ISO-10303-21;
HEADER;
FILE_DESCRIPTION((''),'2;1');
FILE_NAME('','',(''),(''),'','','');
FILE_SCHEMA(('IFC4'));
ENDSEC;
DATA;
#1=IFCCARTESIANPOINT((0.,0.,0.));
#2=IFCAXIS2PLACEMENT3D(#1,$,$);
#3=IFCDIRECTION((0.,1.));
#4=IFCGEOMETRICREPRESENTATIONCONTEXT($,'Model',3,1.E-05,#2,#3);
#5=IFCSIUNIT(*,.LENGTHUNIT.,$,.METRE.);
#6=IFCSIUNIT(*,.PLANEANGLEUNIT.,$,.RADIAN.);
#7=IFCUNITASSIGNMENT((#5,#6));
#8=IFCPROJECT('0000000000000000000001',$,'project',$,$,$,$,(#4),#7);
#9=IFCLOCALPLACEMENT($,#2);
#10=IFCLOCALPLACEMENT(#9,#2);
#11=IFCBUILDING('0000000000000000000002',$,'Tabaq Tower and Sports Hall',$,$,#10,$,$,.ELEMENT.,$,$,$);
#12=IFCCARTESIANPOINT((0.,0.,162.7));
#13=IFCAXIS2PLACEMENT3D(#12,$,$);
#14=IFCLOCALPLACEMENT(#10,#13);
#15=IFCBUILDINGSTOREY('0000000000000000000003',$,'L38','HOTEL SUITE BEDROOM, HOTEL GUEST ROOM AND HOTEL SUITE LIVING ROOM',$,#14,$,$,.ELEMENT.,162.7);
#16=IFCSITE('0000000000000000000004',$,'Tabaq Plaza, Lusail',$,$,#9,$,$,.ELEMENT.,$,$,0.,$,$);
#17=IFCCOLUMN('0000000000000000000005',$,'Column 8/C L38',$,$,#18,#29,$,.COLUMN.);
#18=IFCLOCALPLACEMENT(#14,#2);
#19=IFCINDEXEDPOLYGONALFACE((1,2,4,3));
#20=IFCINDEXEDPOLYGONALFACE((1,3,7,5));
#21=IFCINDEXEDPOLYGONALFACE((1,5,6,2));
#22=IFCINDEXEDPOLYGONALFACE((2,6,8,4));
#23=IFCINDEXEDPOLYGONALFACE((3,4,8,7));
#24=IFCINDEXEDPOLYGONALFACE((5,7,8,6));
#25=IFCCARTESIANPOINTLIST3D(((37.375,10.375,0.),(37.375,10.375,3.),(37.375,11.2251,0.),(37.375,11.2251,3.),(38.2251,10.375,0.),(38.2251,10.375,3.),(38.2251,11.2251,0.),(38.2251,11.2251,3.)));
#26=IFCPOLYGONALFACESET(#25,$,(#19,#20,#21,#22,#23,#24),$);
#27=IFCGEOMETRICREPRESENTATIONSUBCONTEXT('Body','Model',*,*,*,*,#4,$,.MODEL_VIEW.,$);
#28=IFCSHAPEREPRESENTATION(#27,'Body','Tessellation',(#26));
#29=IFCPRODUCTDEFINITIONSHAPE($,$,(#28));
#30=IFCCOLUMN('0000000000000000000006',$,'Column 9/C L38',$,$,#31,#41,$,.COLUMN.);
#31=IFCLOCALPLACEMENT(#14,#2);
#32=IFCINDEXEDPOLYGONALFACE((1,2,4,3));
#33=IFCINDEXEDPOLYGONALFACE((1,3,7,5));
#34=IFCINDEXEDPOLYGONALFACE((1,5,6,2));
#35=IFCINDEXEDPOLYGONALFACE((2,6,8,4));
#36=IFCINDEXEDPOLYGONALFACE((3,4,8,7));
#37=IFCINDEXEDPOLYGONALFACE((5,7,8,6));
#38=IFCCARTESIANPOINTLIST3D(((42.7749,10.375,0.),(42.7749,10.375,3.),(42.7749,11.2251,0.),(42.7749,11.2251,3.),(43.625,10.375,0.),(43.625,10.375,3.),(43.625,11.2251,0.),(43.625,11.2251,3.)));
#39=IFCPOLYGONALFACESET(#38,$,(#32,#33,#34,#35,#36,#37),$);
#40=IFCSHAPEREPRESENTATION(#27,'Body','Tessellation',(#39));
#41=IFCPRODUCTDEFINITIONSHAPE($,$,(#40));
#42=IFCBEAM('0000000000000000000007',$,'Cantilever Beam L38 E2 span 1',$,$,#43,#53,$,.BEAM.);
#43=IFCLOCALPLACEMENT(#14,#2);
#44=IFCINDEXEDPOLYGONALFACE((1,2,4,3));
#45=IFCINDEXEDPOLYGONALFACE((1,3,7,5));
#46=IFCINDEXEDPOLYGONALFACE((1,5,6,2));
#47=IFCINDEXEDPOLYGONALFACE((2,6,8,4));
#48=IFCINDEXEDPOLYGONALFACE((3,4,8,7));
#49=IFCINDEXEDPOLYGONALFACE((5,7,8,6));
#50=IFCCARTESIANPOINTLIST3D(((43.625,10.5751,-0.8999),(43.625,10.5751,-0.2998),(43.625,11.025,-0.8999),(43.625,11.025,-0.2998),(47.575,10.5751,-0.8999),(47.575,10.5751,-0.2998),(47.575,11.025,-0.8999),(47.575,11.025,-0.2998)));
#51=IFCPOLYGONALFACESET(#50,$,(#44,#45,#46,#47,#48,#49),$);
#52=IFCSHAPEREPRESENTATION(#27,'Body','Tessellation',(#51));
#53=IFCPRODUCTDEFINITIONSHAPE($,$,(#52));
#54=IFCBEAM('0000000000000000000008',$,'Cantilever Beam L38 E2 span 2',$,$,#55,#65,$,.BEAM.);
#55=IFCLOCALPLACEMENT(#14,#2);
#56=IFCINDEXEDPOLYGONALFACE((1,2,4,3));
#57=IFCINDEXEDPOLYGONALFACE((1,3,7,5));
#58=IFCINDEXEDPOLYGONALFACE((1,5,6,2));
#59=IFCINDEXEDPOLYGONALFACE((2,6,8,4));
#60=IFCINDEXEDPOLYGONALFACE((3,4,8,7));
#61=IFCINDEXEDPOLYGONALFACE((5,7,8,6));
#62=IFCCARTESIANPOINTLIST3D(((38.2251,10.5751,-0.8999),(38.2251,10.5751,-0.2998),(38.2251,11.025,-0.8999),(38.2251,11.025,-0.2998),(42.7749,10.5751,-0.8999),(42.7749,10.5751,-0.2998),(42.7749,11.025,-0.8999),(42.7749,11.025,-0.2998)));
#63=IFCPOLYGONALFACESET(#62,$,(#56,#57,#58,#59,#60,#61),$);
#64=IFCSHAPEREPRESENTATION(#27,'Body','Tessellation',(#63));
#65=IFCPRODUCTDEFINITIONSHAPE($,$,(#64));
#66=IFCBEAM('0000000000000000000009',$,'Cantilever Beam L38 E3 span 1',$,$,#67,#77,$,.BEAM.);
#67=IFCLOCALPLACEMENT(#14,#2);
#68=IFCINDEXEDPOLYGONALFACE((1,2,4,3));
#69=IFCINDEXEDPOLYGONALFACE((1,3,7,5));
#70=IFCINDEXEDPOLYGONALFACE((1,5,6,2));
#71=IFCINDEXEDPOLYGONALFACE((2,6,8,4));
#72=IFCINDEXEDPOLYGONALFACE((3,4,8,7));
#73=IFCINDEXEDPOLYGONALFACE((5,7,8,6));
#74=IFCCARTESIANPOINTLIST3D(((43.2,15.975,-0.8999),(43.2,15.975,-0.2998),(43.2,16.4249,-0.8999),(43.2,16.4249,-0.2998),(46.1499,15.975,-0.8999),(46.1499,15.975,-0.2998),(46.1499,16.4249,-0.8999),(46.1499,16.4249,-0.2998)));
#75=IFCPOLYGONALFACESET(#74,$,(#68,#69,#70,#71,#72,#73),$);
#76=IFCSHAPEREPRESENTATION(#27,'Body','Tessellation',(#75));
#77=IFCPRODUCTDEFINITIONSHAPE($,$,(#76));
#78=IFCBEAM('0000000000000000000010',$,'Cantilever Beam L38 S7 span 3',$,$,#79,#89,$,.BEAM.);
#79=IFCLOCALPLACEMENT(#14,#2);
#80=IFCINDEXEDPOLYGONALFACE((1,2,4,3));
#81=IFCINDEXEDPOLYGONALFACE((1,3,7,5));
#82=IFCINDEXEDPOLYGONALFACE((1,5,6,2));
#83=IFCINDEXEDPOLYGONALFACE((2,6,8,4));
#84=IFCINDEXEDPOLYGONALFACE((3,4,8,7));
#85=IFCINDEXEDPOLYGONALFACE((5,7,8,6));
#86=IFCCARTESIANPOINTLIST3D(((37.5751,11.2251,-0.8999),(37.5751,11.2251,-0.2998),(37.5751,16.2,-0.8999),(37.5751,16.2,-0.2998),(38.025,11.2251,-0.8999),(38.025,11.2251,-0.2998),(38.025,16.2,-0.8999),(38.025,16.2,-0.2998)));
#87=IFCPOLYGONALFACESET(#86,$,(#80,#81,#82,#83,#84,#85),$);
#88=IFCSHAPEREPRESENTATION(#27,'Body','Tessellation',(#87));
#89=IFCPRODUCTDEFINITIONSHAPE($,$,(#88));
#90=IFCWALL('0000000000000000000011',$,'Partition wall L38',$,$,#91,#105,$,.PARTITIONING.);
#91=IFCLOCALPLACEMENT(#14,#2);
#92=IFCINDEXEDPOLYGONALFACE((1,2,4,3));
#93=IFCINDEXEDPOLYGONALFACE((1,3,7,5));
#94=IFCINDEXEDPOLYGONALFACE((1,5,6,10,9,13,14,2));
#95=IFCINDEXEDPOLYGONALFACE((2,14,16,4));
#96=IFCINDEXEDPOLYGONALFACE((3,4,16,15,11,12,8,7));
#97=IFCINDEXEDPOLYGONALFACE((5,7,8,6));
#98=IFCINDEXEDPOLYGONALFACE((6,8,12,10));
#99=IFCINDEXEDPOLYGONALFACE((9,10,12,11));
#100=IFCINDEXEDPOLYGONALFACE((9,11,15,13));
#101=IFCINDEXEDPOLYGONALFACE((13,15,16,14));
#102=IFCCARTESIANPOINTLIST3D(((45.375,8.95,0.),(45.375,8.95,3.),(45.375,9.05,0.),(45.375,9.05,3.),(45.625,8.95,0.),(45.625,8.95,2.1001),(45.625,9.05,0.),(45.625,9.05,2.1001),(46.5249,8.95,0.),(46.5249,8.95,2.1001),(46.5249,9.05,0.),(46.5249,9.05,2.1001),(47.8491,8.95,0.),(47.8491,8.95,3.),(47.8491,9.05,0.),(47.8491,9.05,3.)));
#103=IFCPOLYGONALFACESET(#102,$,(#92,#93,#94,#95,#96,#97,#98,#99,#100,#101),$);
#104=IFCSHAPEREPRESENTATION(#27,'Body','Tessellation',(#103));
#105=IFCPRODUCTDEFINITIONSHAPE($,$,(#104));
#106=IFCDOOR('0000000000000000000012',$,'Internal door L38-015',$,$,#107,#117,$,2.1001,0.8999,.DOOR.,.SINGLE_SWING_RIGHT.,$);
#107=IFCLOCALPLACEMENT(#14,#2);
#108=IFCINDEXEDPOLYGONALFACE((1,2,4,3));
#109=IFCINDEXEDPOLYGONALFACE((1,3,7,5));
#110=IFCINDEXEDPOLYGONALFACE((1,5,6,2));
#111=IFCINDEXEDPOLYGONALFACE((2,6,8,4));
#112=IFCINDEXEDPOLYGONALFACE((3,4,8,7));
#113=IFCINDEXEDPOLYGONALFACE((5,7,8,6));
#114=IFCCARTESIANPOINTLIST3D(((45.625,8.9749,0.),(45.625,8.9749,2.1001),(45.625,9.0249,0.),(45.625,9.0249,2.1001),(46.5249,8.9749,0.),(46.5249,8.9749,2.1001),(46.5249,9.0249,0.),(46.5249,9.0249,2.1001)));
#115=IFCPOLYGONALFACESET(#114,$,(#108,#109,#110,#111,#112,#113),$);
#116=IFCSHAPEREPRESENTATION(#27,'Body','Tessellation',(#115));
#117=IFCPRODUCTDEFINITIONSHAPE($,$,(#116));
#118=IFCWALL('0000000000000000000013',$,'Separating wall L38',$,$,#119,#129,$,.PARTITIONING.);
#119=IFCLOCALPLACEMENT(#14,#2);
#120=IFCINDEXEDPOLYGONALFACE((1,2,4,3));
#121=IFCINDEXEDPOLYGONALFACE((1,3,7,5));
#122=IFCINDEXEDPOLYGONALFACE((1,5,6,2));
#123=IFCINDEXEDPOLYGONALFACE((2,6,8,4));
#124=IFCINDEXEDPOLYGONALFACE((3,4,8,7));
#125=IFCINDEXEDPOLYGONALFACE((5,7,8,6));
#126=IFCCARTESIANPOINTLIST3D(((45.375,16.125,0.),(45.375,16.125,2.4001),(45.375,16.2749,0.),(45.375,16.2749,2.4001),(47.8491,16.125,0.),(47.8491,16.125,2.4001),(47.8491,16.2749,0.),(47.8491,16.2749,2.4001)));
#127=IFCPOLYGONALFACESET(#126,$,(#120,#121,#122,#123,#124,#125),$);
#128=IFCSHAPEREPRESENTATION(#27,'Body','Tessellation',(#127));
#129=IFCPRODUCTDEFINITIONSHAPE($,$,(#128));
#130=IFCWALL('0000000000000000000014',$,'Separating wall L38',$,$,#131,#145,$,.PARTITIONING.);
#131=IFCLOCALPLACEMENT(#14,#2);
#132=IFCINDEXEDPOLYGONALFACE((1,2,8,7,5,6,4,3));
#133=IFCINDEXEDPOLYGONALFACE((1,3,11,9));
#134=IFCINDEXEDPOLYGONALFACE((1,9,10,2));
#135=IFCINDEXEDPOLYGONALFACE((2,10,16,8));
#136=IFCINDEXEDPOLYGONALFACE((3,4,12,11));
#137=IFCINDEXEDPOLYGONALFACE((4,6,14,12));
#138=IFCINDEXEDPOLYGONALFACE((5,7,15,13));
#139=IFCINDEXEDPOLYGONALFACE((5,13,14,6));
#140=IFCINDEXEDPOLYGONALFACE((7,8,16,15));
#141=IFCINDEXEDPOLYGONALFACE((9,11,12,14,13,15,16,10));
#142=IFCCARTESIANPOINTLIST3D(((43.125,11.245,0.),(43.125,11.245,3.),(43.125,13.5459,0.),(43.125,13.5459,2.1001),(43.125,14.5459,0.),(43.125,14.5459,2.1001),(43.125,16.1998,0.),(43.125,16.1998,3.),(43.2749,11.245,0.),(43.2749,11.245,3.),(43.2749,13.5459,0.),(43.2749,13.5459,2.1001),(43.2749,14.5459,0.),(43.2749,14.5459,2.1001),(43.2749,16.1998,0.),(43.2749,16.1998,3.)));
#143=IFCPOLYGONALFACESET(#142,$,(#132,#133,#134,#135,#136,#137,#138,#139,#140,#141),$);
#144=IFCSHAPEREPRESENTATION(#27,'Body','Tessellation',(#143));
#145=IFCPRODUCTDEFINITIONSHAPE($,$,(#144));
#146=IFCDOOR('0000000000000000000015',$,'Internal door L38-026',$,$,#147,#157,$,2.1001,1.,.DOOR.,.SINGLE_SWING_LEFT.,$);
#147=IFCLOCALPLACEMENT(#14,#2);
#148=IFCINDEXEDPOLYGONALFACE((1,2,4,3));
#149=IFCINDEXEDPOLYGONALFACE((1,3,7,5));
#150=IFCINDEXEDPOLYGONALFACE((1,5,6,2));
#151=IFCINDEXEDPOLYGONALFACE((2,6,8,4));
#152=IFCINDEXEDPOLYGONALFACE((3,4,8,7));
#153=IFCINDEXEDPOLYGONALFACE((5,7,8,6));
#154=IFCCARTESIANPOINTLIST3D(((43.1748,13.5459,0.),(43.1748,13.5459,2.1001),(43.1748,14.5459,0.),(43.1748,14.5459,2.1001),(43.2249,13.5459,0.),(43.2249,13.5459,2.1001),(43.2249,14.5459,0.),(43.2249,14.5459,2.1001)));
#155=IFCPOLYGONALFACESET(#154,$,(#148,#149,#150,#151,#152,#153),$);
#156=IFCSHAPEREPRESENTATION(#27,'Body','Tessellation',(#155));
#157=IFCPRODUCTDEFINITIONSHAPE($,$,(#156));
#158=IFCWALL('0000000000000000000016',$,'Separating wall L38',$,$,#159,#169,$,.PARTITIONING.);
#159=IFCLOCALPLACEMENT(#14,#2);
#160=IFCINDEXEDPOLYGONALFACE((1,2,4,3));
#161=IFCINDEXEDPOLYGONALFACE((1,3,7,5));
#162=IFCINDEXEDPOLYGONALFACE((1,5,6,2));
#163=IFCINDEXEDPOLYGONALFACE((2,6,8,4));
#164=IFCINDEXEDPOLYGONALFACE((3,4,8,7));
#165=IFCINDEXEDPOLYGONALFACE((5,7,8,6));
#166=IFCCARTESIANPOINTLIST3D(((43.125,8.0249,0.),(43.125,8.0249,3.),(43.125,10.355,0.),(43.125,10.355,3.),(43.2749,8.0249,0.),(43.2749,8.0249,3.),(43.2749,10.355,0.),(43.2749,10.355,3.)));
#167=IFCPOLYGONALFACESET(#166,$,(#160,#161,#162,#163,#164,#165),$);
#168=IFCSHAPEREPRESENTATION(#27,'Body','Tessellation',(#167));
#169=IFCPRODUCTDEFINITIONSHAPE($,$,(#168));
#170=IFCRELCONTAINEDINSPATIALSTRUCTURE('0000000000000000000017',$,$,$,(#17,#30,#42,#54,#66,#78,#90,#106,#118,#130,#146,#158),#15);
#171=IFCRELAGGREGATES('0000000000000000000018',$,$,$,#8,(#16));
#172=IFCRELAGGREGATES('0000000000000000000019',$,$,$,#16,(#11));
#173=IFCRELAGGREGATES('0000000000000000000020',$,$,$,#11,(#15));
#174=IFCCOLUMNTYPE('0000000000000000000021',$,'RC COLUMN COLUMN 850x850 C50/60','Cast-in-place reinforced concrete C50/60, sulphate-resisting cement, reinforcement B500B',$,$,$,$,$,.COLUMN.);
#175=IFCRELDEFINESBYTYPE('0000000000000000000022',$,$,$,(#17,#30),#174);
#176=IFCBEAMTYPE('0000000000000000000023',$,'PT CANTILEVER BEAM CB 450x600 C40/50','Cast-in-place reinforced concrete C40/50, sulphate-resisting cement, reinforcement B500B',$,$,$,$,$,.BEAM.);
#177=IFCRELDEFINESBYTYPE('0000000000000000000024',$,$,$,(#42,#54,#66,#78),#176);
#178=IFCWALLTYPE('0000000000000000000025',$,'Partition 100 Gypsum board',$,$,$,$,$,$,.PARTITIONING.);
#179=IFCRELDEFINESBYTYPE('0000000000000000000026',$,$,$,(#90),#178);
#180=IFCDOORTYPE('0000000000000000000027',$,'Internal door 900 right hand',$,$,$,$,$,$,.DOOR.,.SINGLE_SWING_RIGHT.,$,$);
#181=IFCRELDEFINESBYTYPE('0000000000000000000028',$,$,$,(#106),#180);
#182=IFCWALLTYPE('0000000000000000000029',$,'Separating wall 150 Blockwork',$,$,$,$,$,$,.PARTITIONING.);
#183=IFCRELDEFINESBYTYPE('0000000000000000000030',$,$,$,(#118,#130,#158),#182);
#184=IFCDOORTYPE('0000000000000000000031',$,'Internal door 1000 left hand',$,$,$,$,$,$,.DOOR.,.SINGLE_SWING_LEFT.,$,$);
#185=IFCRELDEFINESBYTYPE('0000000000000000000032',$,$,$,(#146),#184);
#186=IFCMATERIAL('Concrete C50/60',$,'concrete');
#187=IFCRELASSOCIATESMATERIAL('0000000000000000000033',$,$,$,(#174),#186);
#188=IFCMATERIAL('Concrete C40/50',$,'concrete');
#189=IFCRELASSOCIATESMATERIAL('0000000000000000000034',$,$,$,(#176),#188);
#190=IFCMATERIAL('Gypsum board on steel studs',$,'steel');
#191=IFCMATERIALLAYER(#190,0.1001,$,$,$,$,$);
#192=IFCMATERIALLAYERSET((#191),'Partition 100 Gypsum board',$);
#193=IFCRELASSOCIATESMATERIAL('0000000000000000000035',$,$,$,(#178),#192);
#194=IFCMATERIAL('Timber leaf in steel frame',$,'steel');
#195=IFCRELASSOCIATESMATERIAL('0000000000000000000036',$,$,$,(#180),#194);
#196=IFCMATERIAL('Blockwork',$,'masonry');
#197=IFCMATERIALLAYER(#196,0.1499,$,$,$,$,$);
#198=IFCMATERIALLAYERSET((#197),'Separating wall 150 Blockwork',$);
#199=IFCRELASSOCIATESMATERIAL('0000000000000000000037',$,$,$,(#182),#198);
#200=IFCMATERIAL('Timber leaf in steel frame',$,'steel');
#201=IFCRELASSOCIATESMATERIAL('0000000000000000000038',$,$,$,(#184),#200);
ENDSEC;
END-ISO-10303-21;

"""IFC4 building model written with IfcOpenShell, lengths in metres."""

from ifc_helpers import new_model, si_unit, direction, frame, frame_2d, origin, origin_2d, place, context, subcontext, project, spatial, rectangle, extrude, material, layer, layer_set, material_profile, profile_set, type_object, element, fill, save


model = new_model("IFC4")

# Units and contexts
model_context = context("Model", 3, precision=1e-05, world=origin(), true_north=direction((0.0, 1.0)))
body_context = subcontext(model_context, "Body", "Model", "MODEL_VIEW")
ifc_project = project(units=[si_unit("LENGTHUNIT", "METRE"), si_unit("PLANEANGLEUNIT", "RADIAN")], contexts=[model_context])

# Site, building, storey
site_placement = place(None, origin())
site = spatial("IfcSite", under=ifc_project, at=site_placement, Name="Tabaq Plaza, Lusail", CompositionType="ELEMENT", RefElevation=0.0)
building_placement = place(site_placement, origin())
building = spatial("IfcBuilding", under=site, at=building_placement, Name="Tabaq Tower and Sports Hall", CompositionType="ELEMENT")
storey_placement = place(building_placement, frame((0.0, 0.0, 162.7)))
storey = spatial("IfcBuildingStorey", under=building, at=storey_placement, Name="L38", Description="HOTEL SUITE BEDROOM, HOTEL GUEST ROOM AND HOTEL SUITE LIVING ROOM", CompositionType="ELEMENT", Elevation=162.7)

# Columns
ifc_material_1 = material(Name="Concrete C50/60", Category="concrete")
ifc_material_profile_1 = material_profile(ifc_material_1, rectangle(XDim=0.8501, YDim=0.8501, at=origin_2d()), Name="COLUMN 850x850")
ifc_profile_set_1 = profile_set([ifc_material_profile_1], Name="Concrete C50/60")
column_type = type_object("IfcColumnType", Name="RC COLUMN COLUMN 850x850 C50/60", Description="Cast-in-place reinforced concrete C50/60, sulphate-resisting cement, reinforcement B500B", PredefinedType="COLUMN", material=ifc_profile_set_1)
for number, where, z_axis, x_axis, name in (
    (1, (37.8, 10.8, 0.0), (0.0, 0.0, 1.0), (1.0, 0.0, 0.0), "Column 8/C L38"),
    (2, (43.2, 10.8, 0.0), (0.0, 0.0, 1.0), (1.0, 0.0, 0.0), "Column 9/C L38"),
):
    element("IfcColumn", number, at=place(storey_placement, frame(where, z_axis=z_axis, x_axis=x_axis)), inside=storey, type_object=column_type, Name=name, PredefinedType="COLUMN", context=body_context, shape_type="SweptSolid", body=[
        extrude(rectangle(XDim=0.8501, YDim=0.8501, at=origin_2d()), origin(), (0.0, 0.0, 1.0), 3.0),
    ])

# Beams
ifc_material_2 = material(Name="Concrete C40/50", Category="concrete")
ifc_material_profile_2 = material_profile(ifc_material_2, rectangle(XDim=0.45, YDim=0.6001, at=origin_2d()), Name="CB 450x600")
ifc_profile_set_2 = profile_set([ifc_material_profile_2], Name="Concrete C40/50")
beam_type = type_object("IfcBeamType", Name="PT CANTILEVER BEAM CB 450x600 C40/50", Description="Cast-in-place reinforced concrete C40/50, sulphate-resisting cement, reinforcement B500B", PredefinedType="BEAM", material=ifc_profile_set_2)
beam_1_placement = place(storey_placement, frame((47.575, 10.8, -0.5999), z_axis=(-1.0, 0.0, 0.0), x_axis=(0.0, -1.0, 0.0)))
element("IfcBeam", 3, at=beam_1_placement, inside=storey, type_object=beam_type, Name="Cantilever Beam L38 E2 span 1", PredefinedType="BEAM", context=body_context, shape_type="SweptSolid", body=[
    extrude(rectangle(XDim=0.45, YDim=0.6001, at=origin_2d()), origin(), (0.0, 0.0, 1.0), 3.95),
])
beam_2_placement = place(storey_placement, frame((42.7749, 10.8, -0.5999), z_axis=(-1.0, 0.0, 0.0), x_axis=(0.0, -1.0, 0.0)))
element("IfcBeam", 4, at=beam_2_placement, inside=storey, type_object=beam_type, Name="Cantilever Beam L38 E2 span 2", PredefinedType="BEAM", context=body_context, shape_type="SweptSolid", body=[
    extrude(rectangle(XDim=0.45, YDim=0.6001, at=origin_2d()), origin(), (0.0, 0.0, 1.0), 4.5498),
])
beam_3_placement = place(storey_placement, frame((46.1499, 16.2, -0.5999), z_axis=(-1.0, 0.0, 0.0), x_axis=(0.0, -1.0, 0.0)))
element("IfcBeam", 5, at=beam_3_placement, inside=storey, type_object=beam_type, Name="Cantilever Beam L38 E3 span 1", PredefinedType="BEAM", context=body_context, shape_type="SweptSolid", body=[
    extrude(rectangle(XDim=0.45, YDim=0.6001, at=origin_2d()), origin(), (0.0, 0.0, 1.0), 2.95),
])
beam_4_placement = place(storey_placement, frame((37.8, 11.2251, -0.5999), z_axis=(0.0, 1.0, 0.0), x_axis=(-1.0, 0.0, 0.0)))
element("IfcBeam", 6, at=beam_4_placement, inside=storey, type_object=beam_type, Name="Cantilever Beam L38 S7 span 3", PredefinedType="BEAM", context=body_context, shape_type="SweptSolid", body=[
    extrude(rectangle(XDim=0.45, YDim=0.6001, at=origin_2d()), origin(), (0.0, 0.0, 1.0), 4.9749),
])

# Wall, opening, door
ifc_material_3 = material(Name="Gypsum board on steel studs", Category="steel")
ifc_layer_1 = layer(ifc_material_3, 0.1001)
ifc_layer_set_1 = layer_set([ifc_layer_1], Name="Partition 100 Gypsum board")
wall_type_1 = type_object("IfcWallType", Name="Partition 100 Gypsum board", PredefinedType="PARTITIONING", material=ifc_layer_set_1)
wall_1_placement = place(storey_placement, frame((45.375, 9.0, 0.0), z_axis=(0.0, 0.0, 1.0), x_axis=(1.0, 0.0, 0.0)))
wall_1 = element("IfcWall", 7, at=wall_1_placement, inside=storey, type_object=wall_type_1, Name="Partition wall L38", PredefinedType="PARTITIONING", context=body_context, shape_type="SweptSolid", body=[
    extrude(rectangle(XDim=2.4741, YDim=0.1001, at=frame_2d((1.2371, 0.0))), origin(), (0.0, 0.0, 1.0), 3.0),
])
opening_1_placement = place(wall_1_placement, frame((0.25, 0.0, 0.0)))
opening_1 = element("IfcOpeningElement", 8, at=opening_1_placement, cuts=wall_1, PredefinedType="OPENING", context=body_context, shape_type="SweptSolid", body=[
    extrude(rectangle(XDim=0.8999, YDim=2.1001, at=frame_2d((0.45, 1.05))), frame((0.0, 0.05, 0.0), z_axis=(0.0, -1.0, 0.0), x_axis=(1.0, 0.0, 0.0)), (0.0, 0.0, 1.0), 0.1001),
])
ifc_material_4 = material(Name="Timber leaf in steel frame", Category="steel")
door_type_1 = type_object("IfcDoorType", Name="Internal door 900 right hand", OperationType="SINGLE_SWING_RIGHT", PredefinedType="DOOR", material=ifc_material_4)
door_1_placement = place(opening_1_placement, origin())
door_1 = element("IfcDoor", 9, at=door_1_placement, inside=storey, type_object=door_type_1, Name="Internal door L38-015", OperationType="SINGLE_SWING_RIGHT", OverallHeight=2.1001, OverallWidth=0.8999, PredefinedType="DOOR", context=body_context, shape_type="SweptSolid", body=[
    extrude(rectangle(XDim=0.8999, YDim=2.1001, at=frame_2d((0.45, 1.05))), frame((0.0, 0.0249, 0.0), z_axis=(0.0, -1.0, 0.0), x_axis=(1.0, 0.0, 0.0)), (0.0, 0.0, 1.0), 0.05),
])
fill(opening_1, door_1)

# Wall
ifc_material_5 = material(Name="Blockwork", Category="masonry")
ifc_layer_2 = layer(ifc_material_5, 0.1499)
ifc_layer_set_2 = layer_set([ifc_layer_2], Name="Separating wall 150 Blockwork")
wall_type_2 = type_object("IfcWallType", Name="Separating wall 150 Blockwork", PredefinedType="PARTITIONING", material=ifc_layer_set_2)
wall_2_placement = place(storey_placement, frame((47.8491, 16.2, 0.0), z_axis=(0.0, 0.0, 1.0), x_axis=(-1.0, 0.0, 0.0)))
element("IfcWall", 10, at=wall_2_placement, inside=storey, type_object=wall_type_2, Name="Separating wall L38", PredefinedType="PARTITIONING", context=body_context, shape_type="SweptSolid", body=[
    extrude(rectangle(XDim=2.4741, YDim=0.1499, at=frame_2d((1.2371, 0.0))), origin(), (0.0, 0.0, 1.0), 2.4001),
])

# Wall, opening, door
wall_3_placement = place(storey_placement, frame((43.2, 16.2, 0.0), z_axis=(0.0, 0.0, 1.0), x_axis=(0.0, -1.0, 0.0)))
wall_3 = element("IfcWall", 11, at=wall_3_placement, inside=storey, type_object=wall_type_2, Name="Separating wall L38", PredefinedType="PARTITIONING", context=body_context, shape_type="SweptSolid", body=[
    extrude(rectangle(XDim=4.9548, YDim=0.1499, at=frame_2d((2.4775, 0.0))), origin(), (0.0, 0.0, 1.0), 3.0),
])
opening_2_placement = place(wall_3_placement, frame((1.6541, 0.0, 0.0)))
opening_2 = element("IfcOpeningElement", 12, at=opening_2_placement, cuts=wall_3, PredefinedType="OPENING", context=body_context, shape_type="SweptSolid", body=[
    extrude(rectangle(XDim=1.0, YDim=2.1001, at=frame_2d((0.5, 1.05))), frame((0.0, 0.075, 0.0), z_axis=(0.0, -1.0, 0.0), x_axis=(1.0, 0.0, 0.0)), (0.0, 0.0, 1.0), 0.1499),
])
ifc_material_6 = material(Name="Timber leaf in steel frame", Category="steel")
door_type_2 = type_object("IfcDoorType", Name="Internal door 1000 left hand", OperationType="SINGLE_SWING_LEFT", PredefinedType="DOOR", material=ifc_material_6)
door_2_placement = place(opening_2_placement, origin())
door_2 = element("IfcDoor", 13, at=door_2_placement, inside=storey, type_object=door_type_2, Name="Internal door L38-026", OperationType="SINGLE_SWING_LEFT", OverallHeight=2.1001, OverallWidth=1.0, PredefinedType="DOOR", context=body_context, shape_type="SweptSolid", body=[
    extrude(rectangle(XDim=1.0, YDim=2.1001, at=frame_2d((0.5, 1.05))), frame((0.0, 0.0249, 0.0), z_axis=(0.0, -1.0, 0.0), x_axis=(1.0, 0.0, 0.0)), (0.0, 0.0, 1.0), 0.05),
])
fill(opening_2, door_2)

# Wall
wall_4_placement = place(storey_placement, frame((43.2, 10.355, 0.0), z_axis=(0.0, 0.0, 1.0), x_axis=(0.0, -1.0, 0.0)))
element("IfcWall", 14, at=wall_4_placement, inside=storey, type_object=wall_type_2, Name="Separating wall L38", PredefinedType="PARTITIONING", context=body_context, shape_type="SweptSolid", body=[
    extrude(rectangle(XDim=2.3301, YDim=0.1499, at=frame_2d((1.165, 0.0))), origin(), (0.0, 0.0, 1.0), 3.0),
])

save(model, "model.ifc")
